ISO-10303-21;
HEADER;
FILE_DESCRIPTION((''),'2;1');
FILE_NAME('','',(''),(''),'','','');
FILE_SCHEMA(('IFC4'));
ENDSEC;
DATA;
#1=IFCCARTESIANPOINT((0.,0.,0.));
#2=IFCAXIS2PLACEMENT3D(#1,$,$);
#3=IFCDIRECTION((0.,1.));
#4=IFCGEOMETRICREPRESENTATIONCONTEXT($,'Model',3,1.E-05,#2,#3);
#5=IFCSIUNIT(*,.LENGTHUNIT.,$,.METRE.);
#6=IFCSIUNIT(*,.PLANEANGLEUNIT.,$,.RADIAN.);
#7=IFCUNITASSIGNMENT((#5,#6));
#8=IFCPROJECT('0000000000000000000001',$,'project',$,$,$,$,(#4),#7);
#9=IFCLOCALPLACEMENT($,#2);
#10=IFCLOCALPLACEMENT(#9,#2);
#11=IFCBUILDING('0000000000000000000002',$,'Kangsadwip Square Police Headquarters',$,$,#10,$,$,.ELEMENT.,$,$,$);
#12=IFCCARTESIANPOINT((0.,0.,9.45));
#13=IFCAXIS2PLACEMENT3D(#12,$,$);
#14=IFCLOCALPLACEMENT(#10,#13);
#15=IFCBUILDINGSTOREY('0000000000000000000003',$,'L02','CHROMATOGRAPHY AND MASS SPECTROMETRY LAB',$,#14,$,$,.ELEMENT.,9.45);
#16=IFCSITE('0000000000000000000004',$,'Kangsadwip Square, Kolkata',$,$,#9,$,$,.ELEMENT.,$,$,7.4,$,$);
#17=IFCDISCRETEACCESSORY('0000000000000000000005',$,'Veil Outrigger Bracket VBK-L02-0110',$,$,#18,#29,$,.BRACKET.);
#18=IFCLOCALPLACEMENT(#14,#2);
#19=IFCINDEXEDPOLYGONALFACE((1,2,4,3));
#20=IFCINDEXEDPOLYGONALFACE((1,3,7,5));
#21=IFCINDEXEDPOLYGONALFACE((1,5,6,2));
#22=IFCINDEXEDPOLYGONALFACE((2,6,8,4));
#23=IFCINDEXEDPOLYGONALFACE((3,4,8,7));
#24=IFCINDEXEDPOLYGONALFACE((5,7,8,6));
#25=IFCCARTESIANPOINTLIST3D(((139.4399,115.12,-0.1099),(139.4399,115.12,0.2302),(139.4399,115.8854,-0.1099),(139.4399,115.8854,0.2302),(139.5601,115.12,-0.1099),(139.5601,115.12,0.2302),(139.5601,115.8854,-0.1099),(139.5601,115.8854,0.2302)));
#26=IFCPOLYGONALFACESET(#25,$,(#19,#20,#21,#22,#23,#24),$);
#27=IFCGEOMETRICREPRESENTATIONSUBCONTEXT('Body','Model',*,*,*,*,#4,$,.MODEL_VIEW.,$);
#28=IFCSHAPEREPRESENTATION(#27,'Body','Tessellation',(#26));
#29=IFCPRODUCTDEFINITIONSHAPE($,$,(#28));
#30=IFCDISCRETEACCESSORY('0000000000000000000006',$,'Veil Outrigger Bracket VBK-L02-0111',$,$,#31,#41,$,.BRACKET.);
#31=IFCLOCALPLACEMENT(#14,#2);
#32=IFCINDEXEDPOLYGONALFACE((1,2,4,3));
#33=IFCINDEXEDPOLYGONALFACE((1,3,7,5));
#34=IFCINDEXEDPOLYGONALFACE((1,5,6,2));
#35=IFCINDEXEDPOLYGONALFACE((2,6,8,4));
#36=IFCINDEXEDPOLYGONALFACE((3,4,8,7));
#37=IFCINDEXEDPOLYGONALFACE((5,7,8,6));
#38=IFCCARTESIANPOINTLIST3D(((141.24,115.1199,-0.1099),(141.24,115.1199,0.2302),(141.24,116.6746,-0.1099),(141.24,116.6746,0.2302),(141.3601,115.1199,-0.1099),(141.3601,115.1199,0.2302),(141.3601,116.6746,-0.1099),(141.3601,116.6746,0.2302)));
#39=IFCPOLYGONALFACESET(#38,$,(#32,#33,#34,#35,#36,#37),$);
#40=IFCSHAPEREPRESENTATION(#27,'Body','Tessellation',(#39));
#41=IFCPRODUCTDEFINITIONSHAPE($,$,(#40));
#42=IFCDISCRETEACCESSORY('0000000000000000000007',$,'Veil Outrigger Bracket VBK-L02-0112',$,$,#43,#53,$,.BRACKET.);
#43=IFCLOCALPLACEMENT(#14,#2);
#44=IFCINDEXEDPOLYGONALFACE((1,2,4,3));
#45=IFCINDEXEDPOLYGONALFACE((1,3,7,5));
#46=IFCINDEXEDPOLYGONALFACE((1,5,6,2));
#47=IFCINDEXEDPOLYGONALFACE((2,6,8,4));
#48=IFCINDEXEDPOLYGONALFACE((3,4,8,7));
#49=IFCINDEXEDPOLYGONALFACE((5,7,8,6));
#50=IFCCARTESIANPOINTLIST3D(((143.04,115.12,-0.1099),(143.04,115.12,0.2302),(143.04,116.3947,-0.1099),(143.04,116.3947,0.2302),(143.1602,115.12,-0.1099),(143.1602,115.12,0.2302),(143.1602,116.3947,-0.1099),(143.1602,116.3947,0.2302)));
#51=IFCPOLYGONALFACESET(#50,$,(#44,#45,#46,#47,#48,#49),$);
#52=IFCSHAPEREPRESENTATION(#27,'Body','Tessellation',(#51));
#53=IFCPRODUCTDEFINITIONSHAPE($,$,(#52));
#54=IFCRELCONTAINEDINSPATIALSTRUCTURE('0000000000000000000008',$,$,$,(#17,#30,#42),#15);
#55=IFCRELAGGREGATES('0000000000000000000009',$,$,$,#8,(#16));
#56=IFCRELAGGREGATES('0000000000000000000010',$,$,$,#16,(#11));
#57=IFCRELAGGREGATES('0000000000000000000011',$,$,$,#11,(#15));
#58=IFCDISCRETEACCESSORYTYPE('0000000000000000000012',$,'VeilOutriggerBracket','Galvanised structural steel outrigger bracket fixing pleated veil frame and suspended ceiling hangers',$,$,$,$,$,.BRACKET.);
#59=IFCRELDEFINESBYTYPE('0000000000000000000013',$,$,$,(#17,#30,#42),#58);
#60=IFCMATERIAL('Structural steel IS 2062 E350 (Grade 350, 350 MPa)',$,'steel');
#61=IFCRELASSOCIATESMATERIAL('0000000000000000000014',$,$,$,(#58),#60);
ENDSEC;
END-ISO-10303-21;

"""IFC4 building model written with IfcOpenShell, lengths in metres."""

from ifc_helpers import new_model, si_unit, direction, frame, origin, origin_2d, place, context, subcontext, project, spatial, rectangle, extrude, material, type_object, element, save


model = new_model("IFC4")

# Units and contexts
model_context = context("Model", 3, precision=1e-05, world=origin(), true_north=direction((0.0, 1.0)))
body_context = subcontext(model_context, "Body", "Model", "MODEL_VIEW")
ifc_project = project(units=[si_unit("LENGTHUNIT", "METRE"), si_unit("PLANEANGLEUNIT", "RADIAN")], contexts=[model_context])

# Site, building, storey
site_placement = place(None, origin())
site = spatial("IfcSite", under=ifc_project, at=site_placement, Name="Kangsadwip Square, Kolkata", CompositionType="ELEMENT", RefElevation=7.4)
building_placement = place(site_placement, origin())
building = spatial("IfcBuilding", under=site, at=building_placement, Name="Kangsadwip Square Police Headquarters", CompositionType="ELEMENT")
storey_placement = place(building_placement, frame((0.0, 0.0, 9.45)))
storey = spatial("IfcBuildingStorey", under=building, at=storey_placement, Name="L02", Description="CHROMATOGRAPHY AND MASS SPECTROMETRY LAB", CompositionType="ELEMENT", Elevation=9.45)

# Discrete accessories
ifc_material_1 = material(Name="Structural steel IS 2062 E350 (Grade 350, 350 MPa)", Category="steel")
discrete_accessory_type = type_object("IfcDiscreteAccessoryType", Name="VeilOutriggerBracket", Description="Galvanised structural steel outrigger bracket fixing pleated veil frame and suspended ceiling hangers", PredefinedType="BRACKET", material=ifc_material_1)
discrete_accessory_1_placement = place(storey_placement, frame((139.5, 115.5027, -0.1099), z_axis=(0.0, 0.0, 1.0), x_axis=(1.0, 0.0, 0.0)))
element("IfcDiscreteAccessory", 1, at=discrete_accessory_1_placement, inside=storey, type_object=discrete_accessory_type, Name="Veil Outrigger Bracket VBK-L02-0110", PredefinedType="BRACKET", context=body_context, shape_type="SweptSolid", body=[
    extrude(rectangle(XDim=0.1201, YDim=0.7654, at=origin_2d()), origin(), (0.0, 0.0, 1.0), 0.3401),
])
discrete_accessory_2_placement = place(storey_placement, frame((141.3, 115.8972, -0.1099), z_axis=(0.0, 0.0, 1.0), x_axis=(1.0, 0.0, 0.0)))
element("IfcDiscreteAccessory", 2, at=discrete_accessory_2_placement, inside=storey, type_object=discrete_accessory_type, Name="Veil Outrigger Bracket VBK-L02-0111", PredefinedType="BRACKET", context=body_context, shape_type="SweptSolid", body=[
    extrude(rectangle(XDim=0.1201, YDim=1.5547, at=origin_2d()), origin(), (0.0, 0.0, 1.0), 0.3401),
])
discrete_accessory_3_placement = place(storey_placement, frame((143.1001, 115.7573, -0.1099), z_axis=(0.0, 0.0, 1.0), x_axis=(1.0, 0.0, 0.0)))
element("IfcDiscreteAccessory", 3, at=discrete_accessory_3_placement, inside=storey, type_object=discrete_accessory_type, Name="Veil Outrigger Bracket VBK-L02-0112", PredefinedType="BRACKET", context=body_context, shape_type="SweptSolid", body=[
    extrude(rectangle(XDim=0.1201, YDim=1.2747, at=origin_2d()), origin(), (0.0, 0.0, 1.0), 0.3401),
])

save(model, "model.ifc")
